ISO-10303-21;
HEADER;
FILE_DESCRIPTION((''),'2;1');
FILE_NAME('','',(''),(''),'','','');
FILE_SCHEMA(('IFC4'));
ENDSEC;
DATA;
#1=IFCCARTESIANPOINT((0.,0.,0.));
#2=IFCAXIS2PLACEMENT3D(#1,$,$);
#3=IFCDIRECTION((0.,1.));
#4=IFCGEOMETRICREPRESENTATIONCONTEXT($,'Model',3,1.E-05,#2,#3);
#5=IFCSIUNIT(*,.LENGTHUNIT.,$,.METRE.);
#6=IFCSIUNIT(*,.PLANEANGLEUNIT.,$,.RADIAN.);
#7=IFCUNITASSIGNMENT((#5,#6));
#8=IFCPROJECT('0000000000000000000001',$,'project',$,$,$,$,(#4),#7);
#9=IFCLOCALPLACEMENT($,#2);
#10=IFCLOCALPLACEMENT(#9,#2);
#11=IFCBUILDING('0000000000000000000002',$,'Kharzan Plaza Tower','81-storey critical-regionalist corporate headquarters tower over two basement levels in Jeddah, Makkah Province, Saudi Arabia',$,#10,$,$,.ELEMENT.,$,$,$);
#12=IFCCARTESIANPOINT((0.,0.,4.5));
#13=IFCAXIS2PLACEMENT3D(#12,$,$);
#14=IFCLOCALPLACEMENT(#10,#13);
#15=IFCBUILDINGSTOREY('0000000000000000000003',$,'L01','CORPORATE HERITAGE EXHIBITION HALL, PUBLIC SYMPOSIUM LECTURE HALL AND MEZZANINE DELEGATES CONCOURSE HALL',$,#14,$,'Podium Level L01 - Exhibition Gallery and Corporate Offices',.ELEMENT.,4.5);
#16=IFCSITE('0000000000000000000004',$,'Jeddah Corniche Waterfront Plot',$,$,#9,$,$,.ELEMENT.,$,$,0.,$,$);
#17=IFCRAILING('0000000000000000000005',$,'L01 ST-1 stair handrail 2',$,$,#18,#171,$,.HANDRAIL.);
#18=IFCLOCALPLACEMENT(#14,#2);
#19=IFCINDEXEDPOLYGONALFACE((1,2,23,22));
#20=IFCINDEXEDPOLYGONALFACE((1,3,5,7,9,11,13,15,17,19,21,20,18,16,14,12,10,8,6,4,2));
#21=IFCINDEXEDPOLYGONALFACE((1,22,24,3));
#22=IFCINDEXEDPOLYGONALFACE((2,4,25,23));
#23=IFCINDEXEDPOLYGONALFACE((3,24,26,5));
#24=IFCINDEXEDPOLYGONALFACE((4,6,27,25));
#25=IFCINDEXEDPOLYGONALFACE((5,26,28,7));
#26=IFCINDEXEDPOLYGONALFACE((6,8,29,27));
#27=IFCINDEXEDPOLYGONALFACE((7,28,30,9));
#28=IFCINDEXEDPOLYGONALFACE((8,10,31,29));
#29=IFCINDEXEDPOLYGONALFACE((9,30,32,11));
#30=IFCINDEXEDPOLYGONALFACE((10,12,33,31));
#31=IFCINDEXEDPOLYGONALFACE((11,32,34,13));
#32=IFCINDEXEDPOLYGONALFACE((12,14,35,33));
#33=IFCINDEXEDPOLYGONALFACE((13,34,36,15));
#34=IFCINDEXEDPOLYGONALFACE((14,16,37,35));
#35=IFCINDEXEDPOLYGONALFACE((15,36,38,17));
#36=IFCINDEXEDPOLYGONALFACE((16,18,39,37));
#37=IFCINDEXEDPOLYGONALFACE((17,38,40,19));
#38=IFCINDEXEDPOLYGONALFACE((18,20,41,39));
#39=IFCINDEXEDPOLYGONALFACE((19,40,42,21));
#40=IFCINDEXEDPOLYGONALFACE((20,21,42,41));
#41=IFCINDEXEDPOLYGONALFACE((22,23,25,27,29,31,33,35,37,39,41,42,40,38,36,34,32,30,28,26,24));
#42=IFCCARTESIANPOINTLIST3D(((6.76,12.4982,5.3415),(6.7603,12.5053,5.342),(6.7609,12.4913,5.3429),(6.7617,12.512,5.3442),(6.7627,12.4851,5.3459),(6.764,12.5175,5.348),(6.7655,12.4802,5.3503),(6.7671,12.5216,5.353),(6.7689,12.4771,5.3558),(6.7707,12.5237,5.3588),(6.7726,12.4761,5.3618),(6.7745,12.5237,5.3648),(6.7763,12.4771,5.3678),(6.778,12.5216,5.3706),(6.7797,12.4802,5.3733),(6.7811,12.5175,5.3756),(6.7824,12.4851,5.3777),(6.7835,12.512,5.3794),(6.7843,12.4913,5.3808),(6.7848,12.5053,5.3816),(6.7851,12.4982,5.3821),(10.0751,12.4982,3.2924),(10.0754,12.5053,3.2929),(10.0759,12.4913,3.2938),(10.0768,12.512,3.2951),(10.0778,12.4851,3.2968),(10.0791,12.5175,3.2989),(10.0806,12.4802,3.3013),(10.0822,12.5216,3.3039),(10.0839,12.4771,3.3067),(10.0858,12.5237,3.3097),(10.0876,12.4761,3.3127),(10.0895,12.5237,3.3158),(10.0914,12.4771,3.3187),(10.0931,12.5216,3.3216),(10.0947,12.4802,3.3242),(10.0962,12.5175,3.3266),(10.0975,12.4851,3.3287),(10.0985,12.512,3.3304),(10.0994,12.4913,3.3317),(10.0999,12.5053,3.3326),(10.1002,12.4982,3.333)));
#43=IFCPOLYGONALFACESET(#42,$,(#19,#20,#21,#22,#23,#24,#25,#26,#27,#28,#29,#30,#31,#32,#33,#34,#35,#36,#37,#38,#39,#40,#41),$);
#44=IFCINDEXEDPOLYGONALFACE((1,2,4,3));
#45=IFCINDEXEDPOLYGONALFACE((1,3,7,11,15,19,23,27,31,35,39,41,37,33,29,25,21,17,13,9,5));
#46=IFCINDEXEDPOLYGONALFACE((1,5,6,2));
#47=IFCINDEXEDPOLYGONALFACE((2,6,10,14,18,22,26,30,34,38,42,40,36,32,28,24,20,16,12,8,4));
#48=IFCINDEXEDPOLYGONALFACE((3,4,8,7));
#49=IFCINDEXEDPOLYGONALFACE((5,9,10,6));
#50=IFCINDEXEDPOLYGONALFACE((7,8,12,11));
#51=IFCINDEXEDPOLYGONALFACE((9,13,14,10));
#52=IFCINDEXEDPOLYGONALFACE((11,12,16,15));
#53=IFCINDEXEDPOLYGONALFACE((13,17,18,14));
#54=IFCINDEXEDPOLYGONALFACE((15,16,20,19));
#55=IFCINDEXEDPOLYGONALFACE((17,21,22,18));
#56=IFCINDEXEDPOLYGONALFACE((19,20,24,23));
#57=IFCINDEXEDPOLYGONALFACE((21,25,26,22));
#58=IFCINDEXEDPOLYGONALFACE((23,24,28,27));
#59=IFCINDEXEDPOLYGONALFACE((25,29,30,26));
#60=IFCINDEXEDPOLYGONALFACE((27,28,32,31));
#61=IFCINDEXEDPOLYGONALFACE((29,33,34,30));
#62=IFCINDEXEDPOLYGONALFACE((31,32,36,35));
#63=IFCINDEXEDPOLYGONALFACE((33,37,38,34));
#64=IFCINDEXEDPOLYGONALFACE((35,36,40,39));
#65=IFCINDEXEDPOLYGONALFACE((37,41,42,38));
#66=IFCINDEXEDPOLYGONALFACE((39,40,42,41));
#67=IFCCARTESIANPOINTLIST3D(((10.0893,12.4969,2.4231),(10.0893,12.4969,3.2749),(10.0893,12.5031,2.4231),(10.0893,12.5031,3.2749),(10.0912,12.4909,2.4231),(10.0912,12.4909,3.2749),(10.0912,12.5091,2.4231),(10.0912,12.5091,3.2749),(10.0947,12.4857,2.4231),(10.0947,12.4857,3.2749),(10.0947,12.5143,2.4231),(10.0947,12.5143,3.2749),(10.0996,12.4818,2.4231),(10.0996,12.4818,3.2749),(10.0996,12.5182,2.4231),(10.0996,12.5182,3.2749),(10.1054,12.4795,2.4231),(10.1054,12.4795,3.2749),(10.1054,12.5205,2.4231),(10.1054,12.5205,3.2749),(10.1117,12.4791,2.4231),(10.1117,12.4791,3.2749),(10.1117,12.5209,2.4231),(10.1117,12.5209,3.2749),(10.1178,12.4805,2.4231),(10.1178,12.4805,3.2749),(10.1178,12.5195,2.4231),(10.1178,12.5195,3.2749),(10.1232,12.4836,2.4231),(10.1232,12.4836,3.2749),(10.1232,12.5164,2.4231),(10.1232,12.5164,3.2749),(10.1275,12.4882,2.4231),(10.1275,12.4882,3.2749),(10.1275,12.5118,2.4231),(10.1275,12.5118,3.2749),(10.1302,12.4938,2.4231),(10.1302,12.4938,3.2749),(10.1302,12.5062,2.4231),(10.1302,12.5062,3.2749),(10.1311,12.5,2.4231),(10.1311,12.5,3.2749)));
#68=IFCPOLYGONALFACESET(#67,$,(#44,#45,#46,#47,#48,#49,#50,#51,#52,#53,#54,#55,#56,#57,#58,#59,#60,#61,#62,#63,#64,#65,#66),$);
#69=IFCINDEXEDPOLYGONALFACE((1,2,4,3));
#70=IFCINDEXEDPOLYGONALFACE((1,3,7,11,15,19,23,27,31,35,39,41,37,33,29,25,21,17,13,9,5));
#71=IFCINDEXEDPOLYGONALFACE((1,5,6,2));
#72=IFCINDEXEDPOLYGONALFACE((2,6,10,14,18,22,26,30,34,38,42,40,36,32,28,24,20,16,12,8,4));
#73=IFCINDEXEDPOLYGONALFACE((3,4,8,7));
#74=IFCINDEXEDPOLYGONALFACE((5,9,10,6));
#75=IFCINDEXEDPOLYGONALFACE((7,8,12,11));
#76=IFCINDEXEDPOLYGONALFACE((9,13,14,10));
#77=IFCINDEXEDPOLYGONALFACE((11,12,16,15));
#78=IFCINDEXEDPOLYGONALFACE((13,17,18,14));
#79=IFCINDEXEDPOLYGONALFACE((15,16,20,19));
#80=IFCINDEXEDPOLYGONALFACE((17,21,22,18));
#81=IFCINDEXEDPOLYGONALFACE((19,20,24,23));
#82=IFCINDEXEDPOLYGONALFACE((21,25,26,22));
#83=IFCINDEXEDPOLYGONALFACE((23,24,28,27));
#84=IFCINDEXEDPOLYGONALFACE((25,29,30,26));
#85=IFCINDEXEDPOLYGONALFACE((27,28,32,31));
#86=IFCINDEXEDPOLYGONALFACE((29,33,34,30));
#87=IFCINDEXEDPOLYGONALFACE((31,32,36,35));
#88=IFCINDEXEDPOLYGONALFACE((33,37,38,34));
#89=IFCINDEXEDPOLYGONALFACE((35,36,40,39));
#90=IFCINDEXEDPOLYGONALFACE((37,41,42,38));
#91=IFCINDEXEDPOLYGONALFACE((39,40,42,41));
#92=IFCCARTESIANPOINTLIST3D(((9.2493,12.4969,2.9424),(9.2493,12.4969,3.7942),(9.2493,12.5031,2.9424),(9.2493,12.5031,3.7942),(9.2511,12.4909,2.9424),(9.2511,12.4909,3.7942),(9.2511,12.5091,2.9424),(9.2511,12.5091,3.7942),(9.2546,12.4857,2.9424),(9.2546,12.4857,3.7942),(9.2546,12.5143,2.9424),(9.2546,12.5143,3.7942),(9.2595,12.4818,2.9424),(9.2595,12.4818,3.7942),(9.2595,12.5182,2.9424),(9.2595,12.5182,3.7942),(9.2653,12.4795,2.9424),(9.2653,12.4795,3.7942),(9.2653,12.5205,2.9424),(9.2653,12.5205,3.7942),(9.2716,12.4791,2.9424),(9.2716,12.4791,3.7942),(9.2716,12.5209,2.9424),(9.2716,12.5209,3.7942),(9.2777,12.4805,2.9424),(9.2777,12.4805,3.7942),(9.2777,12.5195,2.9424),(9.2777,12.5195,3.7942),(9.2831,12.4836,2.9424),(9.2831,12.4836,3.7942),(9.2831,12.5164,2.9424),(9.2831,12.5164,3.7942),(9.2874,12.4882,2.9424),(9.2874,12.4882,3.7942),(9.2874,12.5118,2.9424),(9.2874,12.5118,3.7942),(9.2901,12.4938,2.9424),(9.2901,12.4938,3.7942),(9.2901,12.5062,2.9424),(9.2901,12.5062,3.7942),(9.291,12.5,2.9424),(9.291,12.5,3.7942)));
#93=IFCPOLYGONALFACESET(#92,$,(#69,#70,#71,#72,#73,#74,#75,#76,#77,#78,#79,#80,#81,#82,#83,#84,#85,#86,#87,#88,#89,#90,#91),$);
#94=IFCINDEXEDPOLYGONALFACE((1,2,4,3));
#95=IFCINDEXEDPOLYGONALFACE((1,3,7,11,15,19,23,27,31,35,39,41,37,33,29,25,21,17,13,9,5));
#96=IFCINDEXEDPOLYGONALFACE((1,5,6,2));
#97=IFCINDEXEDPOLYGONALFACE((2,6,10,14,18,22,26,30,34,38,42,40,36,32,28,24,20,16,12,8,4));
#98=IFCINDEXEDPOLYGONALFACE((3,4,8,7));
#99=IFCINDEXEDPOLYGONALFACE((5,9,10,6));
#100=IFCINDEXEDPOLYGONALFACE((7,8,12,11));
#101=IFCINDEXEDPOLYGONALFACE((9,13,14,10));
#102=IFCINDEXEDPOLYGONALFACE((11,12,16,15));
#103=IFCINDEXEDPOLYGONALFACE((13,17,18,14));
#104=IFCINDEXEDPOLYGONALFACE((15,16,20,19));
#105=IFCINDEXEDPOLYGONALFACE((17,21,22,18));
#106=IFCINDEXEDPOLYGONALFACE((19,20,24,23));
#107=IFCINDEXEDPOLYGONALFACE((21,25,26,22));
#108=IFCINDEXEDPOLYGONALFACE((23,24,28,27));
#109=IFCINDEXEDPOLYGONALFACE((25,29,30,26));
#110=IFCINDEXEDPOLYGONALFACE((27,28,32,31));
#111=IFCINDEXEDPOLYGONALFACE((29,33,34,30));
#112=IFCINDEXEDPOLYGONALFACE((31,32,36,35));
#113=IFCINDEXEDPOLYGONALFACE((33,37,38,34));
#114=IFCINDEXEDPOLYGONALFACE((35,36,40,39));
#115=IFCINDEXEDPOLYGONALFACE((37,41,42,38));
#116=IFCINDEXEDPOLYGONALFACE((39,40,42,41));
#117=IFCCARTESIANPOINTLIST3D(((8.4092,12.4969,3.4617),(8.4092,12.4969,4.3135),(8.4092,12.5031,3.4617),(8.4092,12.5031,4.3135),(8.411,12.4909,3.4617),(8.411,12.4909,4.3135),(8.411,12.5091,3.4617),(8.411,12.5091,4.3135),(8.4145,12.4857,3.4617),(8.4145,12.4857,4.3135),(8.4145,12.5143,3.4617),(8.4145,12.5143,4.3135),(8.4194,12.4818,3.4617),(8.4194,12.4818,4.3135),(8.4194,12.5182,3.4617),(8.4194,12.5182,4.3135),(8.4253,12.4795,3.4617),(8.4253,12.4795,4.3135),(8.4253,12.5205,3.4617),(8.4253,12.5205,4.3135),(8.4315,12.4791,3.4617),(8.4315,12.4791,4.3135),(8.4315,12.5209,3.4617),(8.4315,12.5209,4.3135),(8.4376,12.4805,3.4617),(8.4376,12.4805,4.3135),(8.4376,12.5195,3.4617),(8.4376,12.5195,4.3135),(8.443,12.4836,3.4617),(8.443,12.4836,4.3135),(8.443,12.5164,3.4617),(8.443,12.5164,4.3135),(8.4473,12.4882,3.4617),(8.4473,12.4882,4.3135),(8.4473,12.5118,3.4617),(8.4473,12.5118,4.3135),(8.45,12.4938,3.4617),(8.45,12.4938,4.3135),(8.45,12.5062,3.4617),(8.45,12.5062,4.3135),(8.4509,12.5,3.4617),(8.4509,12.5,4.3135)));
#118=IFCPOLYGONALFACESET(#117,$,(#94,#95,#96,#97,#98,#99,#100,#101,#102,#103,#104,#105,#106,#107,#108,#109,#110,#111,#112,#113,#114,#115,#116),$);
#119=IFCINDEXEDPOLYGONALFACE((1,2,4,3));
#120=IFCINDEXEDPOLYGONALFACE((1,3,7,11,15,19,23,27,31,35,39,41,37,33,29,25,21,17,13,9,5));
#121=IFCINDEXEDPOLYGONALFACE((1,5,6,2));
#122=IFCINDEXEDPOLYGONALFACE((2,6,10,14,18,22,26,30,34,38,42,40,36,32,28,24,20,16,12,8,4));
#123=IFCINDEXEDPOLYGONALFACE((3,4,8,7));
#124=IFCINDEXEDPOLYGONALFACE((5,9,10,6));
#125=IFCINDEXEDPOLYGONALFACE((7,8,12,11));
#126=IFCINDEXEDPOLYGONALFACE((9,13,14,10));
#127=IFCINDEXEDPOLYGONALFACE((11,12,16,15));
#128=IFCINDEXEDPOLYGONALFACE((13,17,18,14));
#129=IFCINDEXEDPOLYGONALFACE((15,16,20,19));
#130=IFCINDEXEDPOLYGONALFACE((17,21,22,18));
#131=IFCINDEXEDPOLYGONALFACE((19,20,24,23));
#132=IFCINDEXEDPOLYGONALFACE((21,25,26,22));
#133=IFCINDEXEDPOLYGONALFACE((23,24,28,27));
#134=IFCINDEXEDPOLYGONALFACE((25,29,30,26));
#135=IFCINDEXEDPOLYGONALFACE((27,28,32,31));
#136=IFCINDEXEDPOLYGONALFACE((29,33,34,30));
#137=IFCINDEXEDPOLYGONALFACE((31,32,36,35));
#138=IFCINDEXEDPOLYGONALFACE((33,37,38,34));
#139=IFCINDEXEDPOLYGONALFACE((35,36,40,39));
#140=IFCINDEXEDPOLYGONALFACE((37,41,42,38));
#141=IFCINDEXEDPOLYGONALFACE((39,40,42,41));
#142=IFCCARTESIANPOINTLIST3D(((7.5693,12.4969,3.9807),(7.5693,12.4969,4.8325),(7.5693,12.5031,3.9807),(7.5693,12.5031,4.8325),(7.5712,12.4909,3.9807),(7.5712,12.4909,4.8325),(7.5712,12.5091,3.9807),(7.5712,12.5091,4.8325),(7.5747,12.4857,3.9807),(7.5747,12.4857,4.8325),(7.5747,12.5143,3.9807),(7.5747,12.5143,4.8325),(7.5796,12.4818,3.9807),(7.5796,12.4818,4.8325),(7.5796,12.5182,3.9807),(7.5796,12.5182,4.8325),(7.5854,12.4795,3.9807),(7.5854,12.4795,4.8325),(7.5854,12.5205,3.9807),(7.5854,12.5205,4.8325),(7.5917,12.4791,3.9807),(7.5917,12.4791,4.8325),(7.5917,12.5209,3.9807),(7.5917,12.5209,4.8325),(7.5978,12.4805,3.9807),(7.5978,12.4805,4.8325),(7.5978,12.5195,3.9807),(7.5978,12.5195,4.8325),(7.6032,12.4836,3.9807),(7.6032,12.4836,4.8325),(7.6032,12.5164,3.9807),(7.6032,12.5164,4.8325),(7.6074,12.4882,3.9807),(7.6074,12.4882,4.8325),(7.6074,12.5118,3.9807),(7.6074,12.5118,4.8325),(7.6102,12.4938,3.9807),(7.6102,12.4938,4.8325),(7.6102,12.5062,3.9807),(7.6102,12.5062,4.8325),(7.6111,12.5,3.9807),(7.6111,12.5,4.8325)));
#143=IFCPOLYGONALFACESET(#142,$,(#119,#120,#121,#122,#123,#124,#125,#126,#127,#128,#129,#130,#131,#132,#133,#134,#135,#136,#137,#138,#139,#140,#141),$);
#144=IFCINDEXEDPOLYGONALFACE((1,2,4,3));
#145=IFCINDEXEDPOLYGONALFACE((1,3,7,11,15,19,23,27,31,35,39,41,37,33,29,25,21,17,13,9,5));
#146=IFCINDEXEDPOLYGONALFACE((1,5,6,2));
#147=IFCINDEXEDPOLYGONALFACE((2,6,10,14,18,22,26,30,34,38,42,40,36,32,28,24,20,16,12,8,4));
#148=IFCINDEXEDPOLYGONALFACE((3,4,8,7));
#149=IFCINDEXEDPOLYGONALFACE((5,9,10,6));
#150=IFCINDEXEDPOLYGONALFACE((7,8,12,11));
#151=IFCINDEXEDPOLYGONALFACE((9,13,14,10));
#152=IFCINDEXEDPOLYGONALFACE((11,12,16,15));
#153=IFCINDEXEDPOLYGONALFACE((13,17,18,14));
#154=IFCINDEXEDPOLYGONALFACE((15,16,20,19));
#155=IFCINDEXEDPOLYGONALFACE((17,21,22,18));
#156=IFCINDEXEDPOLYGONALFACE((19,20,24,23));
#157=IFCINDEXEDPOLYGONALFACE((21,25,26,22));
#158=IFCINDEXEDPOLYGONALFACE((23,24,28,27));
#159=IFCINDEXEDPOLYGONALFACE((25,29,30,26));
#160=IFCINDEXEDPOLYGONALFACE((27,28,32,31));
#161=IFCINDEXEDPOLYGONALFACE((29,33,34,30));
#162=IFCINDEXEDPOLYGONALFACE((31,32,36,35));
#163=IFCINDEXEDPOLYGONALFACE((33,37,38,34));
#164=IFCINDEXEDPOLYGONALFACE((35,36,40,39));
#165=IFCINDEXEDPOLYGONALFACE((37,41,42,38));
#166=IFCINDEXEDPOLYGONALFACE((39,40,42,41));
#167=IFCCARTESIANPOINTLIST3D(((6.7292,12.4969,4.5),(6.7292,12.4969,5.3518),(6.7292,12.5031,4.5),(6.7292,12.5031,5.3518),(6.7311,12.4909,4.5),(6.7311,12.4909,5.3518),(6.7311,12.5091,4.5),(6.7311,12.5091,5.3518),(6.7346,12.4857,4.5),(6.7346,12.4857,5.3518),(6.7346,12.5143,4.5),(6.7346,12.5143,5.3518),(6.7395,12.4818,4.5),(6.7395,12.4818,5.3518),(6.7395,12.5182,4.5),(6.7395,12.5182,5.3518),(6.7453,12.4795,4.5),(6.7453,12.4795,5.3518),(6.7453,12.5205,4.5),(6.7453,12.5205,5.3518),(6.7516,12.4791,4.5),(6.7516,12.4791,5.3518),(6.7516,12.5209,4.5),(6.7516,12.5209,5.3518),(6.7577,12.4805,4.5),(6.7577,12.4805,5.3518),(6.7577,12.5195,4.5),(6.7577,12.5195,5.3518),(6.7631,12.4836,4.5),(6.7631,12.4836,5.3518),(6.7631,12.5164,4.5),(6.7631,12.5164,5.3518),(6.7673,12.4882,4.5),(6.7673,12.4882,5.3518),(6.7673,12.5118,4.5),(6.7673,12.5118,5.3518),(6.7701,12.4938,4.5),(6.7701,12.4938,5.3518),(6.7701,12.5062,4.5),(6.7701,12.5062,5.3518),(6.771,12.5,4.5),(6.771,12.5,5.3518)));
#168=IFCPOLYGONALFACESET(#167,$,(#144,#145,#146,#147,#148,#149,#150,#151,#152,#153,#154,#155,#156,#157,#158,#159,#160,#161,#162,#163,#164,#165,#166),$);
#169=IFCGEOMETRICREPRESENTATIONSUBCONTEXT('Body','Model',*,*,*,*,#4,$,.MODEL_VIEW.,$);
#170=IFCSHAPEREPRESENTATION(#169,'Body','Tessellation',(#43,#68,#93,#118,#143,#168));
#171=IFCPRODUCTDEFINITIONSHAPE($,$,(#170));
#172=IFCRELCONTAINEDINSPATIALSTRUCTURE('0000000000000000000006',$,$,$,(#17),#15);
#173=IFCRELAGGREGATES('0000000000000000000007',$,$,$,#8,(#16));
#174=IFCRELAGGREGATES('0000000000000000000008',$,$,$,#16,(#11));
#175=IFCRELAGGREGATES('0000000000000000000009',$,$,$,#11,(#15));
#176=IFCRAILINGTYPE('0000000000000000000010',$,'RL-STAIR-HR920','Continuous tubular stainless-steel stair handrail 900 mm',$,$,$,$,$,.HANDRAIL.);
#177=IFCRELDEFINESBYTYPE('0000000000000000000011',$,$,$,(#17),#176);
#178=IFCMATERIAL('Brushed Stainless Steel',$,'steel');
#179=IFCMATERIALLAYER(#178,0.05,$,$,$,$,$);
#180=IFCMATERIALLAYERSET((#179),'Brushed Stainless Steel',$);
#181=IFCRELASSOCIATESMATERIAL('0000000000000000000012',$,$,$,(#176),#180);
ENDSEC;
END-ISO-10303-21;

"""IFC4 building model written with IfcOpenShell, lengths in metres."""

from ifc_helpers import new_model, si_unit, direction, frame, origin, origin_2d, place, context, subcontext, project, spatial, circle, extrude, source, transform, mapped, material, layer, layer_set, type_object, element, save


model = new_model("IFC4")

# Units and contexts
model_context = context("Model", 3, precision=1e-05, world=origin(), true_north=direction((0.0, 1.0)))
body_context = subcontext(model_context, "Body", "Model", "MODEL_VIEW")
ifc_project = project(units=[si_unit("LENGTHUNIT", "METRE"), si_unit("PLANEANGLEUNIT", "RADIAN")], contexts=[model_context])

# Site, building, storey
site_placement = place(None, origin())
site = spatial("IfcSite", under=ifc_project, at=site_placement, Name="Jeddah Corniche Waterfront Plot", CompositionType="ELEMENT", RefElevation=0.0)
building_placement = place(site_placement, origin())
building = spatial("IfcBuilding", under=site, at=building_placement, Name="Kharzan Plaza Tower", Description="81-storey critical-regionalist corporate headquarters tower over two basement levels in Jeddah, Makkah Province, Saudi Arabia", CompositionType="ELEMENT")
storey_placement = place(building_placement, frame((0.0, 0.0, 4.5)))
storey = spatial("IfcBuildingStorey", under=building, at=storey_placement, Name="L01", Description="CORPORATE HERITAGE EXHIBITION HALL, PUBLIC SYMPOSIUM LECTURE HALL AND MEZZANINE DELEGATES CONCOURSE HALL", LongName="Podium Level L01 - Exhibition Gallery and Corporate Offices", CompositionType="ELEMENT", Elevation=4.5)

# Railing
ifc_material_1 = material(Name="Brushed Stainless Steel", Category="steel")
ifc_layer_1 = layer(ifc_material_1, 0.05)
ifc_layer_set_1 = layer_set([ifc_layer_1], Name="Brushed Stainless Steel")
railing_type_1 = type_object("IfcRailingType", Name="RL-STAIR-HR920", Description="Continuous tubular stainless-steel stair handrail 900 mm", PredefinedType="HANDRAIL", material=ifc_layer_set_1)
shared_shape_1 = source(origin(), body_context, "Body", "SweptSolid", [
    extrude(circle(Radius=0.0239, at=origin_2d()), frame((-0.0225, 0.0, 0.8896), z_axis=(-0.850623, 0.0, 0.525776), x_axis=(0.0, -1.0, 0.0)), (0.0, 0.0, 1.0), 3.8972),
    extrude(circle(Radius=0.021, at=origin_2d()), origin(), (0.0, 0.0, 1.0), 0.8518),
    extrude(circle(Radius=0.021, at=origin_2d()), frame((-0.8401, 0.0, 0.5193)), (0.0, 0.0, 1.0), 0.8518),
    extrude(circle(Radius=0.021, at=origin_2d()), frame((-1.6802, 0.0, 1.0386)), (0.0, 0.0, 1.0), 0.8518),
    extrude(circle(Radius=0.021, at=origin_2d()), frame((-2.52, 0.0, 1.5576)), (0.0, 0.0, 1.0), 0.8518),
    extrude(circle(Radius=0.021, at=origin_2d()), frame((-3.3601, 0.0, 2.0769)), (0.0, 0.0, 1.0), 0.8518),
])
railing_1_placement = place(storey_placement, frame((10.1101, 12.5, 2.4231)))
element("IfcRailing", 1, at=railing_1_placement, inside=storey, type_object=railing_type_1, Name="L01 ST-1 stair handrail 2", PredefinedType="HANDRAIL", context=body_context, shape_type="MappedRepresentation", body=[
    mapped(shared_shape_1, transform((0.0, 0.0, 0.0), x_axis=(1.0, 0.0, 0.0), y_axis=(0.0, 1.0, 0.0), z_axis=(0.0, 0.0, 1.0))),
])

save(model, "model.ifc")
